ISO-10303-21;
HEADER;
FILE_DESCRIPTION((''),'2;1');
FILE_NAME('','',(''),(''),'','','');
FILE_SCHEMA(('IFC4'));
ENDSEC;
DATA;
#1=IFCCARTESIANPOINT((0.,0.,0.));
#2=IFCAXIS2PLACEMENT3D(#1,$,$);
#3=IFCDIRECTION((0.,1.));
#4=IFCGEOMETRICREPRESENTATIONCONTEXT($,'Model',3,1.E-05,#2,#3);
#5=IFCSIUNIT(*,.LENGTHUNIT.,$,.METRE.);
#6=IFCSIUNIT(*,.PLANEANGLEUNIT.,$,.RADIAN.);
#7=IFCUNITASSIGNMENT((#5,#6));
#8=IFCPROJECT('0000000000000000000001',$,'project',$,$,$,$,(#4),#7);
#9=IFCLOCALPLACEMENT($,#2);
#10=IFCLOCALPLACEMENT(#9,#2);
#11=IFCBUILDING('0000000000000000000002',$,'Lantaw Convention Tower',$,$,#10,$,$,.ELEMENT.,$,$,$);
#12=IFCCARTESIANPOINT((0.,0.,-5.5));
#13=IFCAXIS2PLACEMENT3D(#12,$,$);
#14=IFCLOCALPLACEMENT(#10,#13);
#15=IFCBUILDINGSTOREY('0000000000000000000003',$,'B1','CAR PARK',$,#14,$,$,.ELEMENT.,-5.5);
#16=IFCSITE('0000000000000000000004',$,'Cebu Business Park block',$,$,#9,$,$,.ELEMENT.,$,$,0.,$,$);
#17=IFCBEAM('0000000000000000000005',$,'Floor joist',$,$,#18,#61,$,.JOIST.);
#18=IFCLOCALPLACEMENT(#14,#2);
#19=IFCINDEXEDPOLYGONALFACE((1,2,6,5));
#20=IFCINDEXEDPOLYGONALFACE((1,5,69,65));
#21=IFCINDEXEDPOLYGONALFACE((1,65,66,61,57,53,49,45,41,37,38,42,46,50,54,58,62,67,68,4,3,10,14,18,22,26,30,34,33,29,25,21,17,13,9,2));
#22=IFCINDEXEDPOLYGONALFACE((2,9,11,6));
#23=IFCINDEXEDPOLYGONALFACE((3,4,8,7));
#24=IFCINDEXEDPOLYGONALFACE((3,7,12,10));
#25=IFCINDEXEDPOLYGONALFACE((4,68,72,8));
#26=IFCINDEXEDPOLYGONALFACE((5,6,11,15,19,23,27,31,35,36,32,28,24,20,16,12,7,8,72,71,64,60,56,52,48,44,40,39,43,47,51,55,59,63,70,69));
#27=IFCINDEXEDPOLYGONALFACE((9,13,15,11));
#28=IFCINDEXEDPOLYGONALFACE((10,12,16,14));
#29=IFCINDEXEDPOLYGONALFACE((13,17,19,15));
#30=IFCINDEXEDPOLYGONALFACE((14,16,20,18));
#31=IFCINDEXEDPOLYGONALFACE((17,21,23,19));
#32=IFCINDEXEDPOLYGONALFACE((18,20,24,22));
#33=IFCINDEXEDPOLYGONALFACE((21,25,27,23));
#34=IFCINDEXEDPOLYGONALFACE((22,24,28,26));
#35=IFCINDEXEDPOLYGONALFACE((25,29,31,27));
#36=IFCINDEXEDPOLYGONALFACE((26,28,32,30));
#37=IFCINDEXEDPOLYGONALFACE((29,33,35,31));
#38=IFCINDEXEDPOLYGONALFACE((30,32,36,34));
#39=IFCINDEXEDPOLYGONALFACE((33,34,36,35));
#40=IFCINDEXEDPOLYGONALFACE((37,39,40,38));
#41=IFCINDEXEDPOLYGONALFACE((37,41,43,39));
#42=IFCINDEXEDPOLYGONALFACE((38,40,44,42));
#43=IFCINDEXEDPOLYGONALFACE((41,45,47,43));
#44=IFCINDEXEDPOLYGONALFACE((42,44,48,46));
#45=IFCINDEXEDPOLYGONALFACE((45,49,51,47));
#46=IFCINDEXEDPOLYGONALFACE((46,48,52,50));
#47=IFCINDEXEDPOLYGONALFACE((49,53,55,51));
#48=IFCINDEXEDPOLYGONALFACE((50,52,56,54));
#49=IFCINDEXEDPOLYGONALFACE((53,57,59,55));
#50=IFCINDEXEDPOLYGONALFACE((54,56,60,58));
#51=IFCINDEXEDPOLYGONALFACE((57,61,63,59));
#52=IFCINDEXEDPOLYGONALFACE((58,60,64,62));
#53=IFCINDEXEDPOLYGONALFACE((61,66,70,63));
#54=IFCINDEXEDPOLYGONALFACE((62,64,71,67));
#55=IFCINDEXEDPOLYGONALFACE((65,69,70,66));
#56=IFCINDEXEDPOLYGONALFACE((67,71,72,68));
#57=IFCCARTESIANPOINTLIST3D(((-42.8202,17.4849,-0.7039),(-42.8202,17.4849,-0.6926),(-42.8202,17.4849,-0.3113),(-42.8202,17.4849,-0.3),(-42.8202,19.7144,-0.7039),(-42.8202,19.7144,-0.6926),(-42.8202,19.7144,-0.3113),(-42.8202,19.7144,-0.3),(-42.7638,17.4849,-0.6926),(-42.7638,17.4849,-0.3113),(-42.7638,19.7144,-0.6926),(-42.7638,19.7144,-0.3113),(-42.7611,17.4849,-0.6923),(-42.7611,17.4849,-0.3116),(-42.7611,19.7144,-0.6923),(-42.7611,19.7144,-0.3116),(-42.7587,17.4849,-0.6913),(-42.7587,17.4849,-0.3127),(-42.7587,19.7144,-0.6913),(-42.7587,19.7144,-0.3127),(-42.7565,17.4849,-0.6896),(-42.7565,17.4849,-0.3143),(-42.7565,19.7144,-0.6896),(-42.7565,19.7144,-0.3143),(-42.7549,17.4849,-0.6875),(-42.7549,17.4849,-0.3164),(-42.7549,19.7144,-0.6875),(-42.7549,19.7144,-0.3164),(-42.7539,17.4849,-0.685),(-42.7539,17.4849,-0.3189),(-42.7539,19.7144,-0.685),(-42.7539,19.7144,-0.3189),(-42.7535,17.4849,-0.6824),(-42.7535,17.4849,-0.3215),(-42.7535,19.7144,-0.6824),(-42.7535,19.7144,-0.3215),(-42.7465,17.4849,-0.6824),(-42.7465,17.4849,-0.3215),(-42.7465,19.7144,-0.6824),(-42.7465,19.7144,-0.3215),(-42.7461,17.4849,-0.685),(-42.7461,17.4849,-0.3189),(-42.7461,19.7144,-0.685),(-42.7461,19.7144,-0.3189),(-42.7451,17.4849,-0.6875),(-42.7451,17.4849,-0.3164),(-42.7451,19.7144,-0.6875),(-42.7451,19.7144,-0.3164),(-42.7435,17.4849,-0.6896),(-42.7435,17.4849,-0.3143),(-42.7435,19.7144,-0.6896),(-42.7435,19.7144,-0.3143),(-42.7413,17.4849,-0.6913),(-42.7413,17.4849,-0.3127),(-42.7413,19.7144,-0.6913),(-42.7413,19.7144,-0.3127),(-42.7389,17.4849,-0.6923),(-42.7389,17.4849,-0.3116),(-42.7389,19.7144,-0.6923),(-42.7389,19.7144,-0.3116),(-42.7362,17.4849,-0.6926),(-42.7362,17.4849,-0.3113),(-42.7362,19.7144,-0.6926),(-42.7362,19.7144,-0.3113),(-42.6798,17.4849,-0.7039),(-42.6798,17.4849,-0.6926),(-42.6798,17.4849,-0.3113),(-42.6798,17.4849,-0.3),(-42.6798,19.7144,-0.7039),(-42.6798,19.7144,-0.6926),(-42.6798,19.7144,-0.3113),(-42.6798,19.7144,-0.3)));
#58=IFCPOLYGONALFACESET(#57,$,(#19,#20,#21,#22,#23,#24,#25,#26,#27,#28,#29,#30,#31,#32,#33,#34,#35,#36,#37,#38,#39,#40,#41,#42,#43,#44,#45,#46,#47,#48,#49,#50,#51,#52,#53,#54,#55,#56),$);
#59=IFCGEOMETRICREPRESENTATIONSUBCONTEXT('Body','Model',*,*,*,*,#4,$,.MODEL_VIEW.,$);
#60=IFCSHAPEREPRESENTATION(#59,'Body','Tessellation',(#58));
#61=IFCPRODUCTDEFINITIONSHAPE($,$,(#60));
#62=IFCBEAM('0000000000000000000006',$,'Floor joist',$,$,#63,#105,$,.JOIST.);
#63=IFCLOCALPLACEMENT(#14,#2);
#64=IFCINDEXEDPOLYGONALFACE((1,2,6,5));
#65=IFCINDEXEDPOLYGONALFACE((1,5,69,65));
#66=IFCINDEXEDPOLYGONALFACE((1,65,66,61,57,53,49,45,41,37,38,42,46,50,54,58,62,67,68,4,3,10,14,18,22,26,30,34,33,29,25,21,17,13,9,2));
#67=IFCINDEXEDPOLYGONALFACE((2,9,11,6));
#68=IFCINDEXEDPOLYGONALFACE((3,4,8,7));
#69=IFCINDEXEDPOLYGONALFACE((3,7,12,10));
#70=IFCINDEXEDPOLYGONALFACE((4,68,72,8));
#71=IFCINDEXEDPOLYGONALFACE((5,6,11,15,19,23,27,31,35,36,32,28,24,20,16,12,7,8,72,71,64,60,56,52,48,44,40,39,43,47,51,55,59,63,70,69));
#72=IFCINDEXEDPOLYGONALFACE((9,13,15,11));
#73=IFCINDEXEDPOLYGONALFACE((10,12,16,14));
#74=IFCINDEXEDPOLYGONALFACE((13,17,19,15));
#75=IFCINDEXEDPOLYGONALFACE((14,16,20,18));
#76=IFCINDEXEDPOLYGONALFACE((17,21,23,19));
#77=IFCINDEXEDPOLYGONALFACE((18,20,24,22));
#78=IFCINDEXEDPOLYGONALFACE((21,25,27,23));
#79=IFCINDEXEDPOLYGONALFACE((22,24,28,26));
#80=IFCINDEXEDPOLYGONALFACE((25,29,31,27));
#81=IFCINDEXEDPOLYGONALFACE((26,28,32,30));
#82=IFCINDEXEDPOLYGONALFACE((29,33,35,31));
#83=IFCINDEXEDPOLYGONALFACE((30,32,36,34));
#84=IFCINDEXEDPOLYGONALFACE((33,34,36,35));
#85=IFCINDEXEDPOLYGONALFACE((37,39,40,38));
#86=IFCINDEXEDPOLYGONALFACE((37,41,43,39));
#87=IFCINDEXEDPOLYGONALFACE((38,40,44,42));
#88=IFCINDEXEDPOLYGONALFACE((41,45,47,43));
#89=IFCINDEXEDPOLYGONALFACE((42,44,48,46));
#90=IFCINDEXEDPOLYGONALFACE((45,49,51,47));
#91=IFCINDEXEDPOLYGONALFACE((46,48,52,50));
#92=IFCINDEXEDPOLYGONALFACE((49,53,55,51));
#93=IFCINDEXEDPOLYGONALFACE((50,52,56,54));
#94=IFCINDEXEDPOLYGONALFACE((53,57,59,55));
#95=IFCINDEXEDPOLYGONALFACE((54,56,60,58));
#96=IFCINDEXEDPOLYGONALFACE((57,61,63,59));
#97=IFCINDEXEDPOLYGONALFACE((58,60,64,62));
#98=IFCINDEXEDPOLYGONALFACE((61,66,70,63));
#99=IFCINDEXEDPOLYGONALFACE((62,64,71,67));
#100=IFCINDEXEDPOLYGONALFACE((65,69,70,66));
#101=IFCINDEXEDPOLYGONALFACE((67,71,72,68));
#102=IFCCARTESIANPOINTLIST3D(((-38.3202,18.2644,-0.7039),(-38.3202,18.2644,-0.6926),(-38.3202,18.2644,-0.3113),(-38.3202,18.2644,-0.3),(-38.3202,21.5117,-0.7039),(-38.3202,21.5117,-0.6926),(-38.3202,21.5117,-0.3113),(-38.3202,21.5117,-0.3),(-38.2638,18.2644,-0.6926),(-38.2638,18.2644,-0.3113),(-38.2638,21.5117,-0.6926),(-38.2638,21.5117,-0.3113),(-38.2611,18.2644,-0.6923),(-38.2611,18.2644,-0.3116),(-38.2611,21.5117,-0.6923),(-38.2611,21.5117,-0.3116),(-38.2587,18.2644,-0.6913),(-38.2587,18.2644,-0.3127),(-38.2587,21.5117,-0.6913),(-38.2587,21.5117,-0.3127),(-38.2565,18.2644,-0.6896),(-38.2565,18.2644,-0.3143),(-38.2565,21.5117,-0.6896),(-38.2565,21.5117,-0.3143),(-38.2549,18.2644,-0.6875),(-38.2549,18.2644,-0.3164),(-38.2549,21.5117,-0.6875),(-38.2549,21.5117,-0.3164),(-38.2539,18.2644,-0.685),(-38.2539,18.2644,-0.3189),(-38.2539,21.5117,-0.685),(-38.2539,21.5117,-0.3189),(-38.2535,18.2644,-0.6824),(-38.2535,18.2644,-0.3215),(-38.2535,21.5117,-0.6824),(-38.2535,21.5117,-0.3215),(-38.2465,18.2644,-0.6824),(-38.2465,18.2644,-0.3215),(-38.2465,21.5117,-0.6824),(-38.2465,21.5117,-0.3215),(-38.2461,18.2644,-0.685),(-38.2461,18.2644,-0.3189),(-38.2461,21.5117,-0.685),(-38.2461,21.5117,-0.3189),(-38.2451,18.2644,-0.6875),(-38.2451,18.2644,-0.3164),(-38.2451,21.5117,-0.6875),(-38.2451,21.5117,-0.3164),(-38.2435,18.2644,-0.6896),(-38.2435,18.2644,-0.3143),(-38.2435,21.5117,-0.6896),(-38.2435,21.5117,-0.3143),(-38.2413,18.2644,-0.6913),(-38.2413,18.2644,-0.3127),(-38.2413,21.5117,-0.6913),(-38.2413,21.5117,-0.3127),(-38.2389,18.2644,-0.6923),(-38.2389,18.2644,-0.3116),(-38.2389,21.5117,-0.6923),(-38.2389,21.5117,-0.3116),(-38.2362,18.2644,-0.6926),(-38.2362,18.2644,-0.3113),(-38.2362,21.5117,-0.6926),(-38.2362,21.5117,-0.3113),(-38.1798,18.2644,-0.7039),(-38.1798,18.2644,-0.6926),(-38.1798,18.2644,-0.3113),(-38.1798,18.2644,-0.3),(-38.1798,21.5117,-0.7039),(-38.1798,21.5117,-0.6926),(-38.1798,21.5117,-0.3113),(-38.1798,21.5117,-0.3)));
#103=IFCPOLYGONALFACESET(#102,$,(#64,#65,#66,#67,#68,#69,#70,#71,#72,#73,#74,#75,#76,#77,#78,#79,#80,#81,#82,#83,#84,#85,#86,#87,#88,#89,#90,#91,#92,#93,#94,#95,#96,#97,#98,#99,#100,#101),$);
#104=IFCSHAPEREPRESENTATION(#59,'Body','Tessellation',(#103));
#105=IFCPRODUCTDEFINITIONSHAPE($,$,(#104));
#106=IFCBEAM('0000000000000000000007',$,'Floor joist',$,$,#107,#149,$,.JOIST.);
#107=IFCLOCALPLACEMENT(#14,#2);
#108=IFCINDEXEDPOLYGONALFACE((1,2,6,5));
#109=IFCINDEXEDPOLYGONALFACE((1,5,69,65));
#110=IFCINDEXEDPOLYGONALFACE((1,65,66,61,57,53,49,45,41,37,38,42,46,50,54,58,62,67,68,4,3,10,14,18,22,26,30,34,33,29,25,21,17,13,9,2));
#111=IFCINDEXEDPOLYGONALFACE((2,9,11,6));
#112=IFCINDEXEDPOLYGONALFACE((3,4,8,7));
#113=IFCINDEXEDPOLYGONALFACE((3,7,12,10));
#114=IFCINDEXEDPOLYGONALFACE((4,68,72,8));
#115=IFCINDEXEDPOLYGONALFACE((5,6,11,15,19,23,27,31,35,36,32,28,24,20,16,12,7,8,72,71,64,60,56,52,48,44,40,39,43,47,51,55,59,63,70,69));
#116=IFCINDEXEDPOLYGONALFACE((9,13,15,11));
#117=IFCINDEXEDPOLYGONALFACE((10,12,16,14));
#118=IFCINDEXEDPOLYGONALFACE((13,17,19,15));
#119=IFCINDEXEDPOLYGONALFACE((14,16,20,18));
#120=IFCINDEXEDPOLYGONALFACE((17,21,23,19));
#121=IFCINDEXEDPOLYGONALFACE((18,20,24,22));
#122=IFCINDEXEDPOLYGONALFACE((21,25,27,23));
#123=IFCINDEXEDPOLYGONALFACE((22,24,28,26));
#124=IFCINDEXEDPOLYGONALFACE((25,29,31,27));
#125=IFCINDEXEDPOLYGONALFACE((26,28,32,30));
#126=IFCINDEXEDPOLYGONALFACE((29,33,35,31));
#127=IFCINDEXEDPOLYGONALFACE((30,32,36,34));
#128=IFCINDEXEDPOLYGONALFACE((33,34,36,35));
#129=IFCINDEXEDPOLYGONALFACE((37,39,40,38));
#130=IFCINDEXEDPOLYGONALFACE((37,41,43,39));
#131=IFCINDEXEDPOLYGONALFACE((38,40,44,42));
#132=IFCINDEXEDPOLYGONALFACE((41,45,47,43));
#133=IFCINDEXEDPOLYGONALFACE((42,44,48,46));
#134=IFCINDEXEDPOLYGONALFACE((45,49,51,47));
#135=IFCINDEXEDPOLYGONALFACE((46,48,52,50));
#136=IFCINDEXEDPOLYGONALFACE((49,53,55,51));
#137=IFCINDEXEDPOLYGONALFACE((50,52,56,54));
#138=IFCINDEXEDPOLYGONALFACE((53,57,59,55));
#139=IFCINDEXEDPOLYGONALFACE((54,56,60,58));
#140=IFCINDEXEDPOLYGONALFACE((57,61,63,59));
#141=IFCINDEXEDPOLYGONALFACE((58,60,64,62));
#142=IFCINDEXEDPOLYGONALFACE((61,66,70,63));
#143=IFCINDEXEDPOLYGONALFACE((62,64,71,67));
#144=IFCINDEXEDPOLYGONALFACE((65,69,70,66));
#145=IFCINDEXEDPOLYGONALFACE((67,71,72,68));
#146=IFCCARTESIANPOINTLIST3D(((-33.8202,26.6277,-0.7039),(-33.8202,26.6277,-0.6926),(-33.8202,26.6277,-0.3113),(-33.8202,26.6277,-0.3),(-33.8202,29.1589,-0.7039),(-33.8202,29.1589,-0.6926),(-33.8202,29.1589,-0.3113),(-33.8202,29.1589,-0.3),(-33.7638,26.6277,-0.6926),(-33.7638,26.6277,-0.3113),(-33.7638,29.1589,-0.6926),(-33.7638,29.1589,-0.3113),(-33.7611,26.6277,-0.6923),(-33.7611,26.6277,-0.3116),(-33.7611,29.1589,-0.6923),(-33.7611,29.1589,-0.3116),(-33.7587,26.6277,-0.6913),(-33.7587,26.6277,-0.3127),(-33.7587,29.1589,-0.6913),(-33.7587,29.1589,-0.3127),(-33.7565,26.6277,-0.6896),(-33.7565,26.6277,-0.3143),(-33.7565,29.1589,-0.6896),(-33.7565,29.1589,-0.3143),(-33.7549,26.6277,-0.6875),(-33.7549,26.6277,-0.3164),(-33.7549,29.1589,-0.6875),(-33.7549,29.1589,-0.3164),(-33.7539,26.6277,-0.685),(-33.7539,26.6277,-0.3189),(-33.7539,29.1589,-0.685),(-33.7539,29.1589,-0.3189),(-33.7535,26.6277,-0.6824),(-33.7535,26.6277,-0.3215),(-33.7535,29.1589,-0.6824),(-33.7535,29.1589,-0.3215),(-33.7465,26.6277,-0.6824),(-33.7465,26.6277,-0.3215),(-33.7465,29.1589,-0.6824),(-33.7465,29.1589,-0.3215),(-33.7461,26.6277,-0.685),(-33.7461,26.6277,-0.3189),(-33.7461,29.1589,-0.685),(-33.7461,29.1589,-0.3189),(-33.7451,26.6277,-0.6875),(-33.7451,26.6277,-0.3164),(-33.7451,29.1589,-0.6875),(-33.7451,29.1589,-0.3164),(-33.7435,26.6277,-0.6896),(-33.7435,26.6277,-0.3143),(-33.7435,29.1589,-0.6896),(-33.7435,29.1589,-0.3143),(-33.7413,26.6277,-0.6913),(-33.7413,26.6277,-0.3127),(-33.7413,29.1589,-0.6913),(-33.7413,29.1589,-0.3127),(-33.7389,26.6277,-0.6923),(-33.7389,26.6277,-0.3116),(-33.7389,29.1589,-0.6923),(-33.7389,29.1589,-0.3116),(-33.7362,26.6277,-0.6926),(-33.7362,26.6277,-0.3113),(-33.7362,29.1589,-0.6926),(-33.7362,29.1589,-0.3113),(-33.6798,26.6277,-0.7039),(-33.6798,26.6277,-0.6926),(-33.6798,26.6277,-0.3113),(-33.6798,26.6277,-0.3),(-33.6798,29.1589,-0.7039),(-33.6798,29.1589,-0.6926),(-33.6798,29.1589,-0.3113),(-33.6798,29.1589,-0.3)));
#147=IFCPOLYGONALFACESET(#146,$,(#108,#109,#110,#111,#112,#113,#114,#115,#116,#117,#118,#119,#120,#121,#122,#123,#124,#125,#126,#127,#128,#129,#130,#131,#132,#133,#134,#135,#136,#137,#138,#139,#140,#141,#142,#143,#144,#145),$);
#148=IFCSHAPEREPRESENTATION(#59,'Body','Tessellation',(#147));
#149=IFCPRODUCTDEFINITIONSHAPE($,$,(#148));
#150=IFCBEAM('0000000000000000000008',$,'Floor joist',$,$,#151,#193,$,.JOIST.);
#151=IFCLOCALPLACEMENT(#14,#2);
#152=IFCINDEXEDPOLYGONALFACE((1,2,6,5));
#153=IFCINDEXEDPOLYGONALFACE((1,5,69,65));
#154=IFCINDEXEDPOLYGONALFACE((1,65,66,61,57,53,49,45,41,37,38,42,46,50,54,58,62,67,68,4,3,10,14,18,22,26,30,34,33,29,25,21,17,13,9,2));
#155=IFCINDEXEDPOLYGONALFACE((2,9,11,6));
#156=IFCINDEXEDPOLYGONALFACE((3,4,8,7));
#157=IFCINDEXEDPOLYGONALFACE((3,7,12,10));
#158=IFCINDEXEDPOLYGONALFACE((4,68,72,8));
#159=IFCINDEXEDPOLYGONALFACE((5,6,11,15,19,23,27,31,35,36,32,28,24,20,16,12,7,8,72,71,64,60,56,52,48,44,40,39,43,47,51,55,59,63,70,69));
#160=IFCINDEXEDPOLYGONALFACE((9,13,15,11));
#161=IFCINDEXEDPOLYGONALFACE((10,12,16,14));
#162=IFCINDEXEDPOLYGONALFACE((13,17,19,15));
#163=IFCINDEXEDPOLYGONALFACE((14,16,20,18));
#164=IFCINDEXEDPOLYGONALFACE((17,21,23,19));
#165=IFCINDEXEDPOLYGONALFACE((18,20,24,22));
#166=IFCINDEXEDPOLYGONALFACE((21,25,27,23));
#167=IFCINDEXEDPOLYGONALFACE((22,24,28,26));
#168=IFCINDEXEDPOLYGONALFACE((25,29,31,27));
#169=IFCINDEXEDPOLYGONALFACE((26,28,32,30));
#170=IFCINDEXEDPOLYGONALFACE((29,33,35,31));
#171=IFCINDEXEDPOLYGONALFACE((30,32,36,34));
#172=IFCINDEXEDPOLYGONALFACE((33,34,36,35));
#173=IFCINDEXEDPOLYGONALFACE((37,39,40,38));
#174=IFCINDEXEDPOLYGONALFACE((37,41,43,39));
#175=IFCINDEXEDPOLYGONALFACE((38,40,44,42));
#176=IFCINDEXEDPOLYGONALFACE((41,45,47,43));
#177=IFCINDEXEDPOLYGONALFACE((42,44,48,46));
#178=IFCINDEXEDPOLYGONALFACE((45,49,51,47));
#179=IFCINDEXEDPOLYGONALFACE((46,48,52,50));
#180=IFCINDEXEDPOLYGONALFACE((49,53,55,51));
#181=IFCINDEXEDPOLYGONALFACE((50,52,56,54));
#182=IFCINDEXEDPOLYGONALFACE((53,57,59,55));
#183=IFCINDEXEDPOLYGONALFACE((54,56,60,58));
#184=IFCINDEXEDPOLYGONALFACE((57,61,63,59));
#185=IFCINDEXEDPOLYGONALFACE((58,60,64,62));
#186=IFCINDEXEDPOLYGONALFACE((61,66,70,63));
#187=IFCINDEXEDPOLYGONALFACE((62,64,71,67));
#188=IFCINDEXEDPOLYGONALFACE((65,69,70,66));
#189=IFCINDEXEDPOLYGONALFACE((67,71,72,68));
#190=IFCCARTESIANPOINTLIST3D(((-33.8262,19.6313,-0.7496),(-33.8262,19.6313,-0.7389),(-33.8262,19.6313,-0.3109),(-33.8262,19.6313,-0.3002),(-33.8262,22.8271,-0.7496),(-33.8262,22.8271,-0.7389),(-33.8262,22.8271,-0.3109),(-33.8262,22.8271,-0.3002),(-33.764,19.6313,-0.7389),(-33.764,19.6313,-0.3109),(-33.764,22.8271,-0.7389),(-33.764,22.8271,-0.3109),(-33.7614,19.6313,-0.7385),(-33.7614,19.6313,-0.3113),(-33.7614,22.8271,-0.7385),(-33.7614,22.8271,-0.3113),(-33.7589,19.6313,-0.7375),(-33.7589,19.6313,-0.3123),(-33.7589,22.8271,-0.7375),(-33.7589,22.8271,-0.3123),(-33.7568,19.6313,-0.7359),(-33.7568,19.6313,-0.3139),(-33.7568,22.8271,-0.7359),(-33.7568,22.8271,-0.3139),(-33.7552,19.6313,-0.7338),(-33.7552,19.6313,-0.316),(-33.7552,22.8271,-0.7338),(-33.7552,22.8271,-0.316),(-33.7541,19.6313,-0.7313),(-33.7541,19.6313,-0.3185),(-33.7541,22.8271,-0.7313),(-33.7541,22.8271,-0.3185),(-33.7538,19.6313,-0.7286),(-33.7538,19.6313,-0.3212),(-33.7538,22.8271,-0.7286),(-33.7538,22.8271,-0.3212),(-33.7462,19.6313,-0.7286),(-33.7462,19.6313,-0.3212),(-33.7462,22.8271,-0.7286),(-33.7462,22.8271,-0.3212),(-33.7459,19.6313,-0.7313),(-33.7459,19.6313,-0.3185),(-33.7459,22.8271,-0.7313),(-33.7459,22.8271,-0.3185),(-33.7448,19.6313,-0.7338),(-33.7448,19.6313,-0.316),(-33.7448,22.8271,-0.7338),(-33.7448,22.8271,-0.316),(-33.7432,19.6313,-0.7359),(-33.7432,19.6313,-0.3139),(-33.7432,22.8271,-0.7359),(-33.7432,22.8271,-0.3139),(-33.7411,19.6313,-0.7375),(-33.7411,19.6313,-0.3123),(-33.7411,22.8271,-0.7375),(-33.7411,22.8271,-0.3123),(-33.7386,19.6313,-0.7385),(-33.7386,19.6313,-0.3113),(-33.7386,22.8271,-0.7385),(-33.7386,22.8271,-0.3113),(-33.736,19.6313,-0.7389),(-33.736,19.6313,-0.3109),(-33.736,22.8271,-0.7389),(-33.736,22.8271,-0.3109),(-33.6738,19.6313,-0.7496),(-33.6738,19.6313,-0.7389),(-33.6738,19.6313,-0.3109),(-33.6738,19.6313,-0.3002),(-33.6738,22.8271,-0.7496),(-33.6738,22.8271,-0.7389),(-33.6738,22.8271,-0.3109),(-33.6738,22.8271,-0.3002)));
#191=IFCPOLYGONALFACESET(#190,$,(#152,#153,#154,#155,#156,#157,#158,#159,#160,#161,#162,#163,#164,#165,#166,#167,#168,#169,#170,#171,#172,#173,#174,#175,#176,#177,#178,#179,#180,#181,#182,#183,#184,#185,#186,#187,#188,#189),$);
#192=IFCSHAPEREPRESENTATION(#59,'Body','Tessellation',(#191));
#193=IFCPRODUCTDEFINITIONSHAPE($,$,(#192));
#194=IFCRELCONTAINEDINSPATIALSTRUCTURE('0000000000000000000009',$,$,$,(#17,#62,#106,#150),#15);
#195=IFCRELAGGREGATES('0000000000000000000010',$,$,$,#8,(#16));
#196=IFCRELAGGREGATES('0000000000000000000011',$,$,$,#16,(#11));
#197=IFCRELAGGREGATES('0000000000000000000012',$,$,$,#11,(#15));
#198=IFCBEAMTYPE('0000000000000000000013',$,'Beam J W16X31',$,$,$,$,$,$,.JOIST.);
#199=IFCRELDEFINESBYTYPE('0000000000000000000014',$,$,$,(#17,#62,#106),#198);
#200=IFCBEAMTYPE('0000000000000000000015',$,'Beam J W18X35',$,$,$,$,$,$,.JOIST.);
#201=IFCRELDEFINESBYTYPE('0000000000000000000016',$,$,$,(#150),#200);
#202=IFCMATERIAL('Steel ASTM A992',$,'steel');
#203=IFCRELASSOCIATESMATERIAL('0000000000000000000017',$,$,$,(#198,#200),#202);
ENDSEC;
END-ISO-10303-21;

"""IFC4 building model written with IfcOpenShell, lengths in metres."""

from ifc_helpers import new_model, si_unit, direction, frame, origin, origin_2d, place, context, subcontext, project, spatial, i_section, extrude, material, material_profile, profile_set, type_object, element, save


model = new_model("IFC4")

# Units and contexts
model_context = context("Model", 3, precision=1e-05, world=origin(), true_north=direction((0.0, 1.0)))
body_context = subcontext(model_context, "Body", "Model", "MODEL_VIEW")
ifc_project = project(units=[si_unit("LENGTHUNIT", "METRE"), si_unit("PLANEANGLEUNIT", "RADIAN")], contexts=[model_context])

# Site, building, storey
site_placement = place(None, origin())
site = spatial("IfcSite", under=ifc_project, at=site_placement, Name="Cebu Business Park block", CompositionType="ELEMENT", RefElevation=0.0)
building_placement = place(site_placement, origin())
building = spatial("IfcBuilding", under=site, at=building_placement, Name="Lantaw Convention Tower", CompositionType="ELEMENT")
storey_placement = place(building_placement, frame((0.0, 0.0, -5.5)))
storey = spatial("IfcBuildingStorey", under=building, at=storey_placement, Name="B1", Description="CAR PARK", CompositionType="ELEMENT", Elevation=-5.5)

# Beams
ifc_material_1 = material(Name="Steel ASTM A992", Category="steel")
ifc_material_profile_1 = material_profile(ifc_material_1, i_section(OverallWidth=0.1404, OverallDepth=0.4038, WebThickness=0.0071, FlangeThickness=0.0112, FilletRadius=0.0103, at=origin_2d()), Name="W16X31")
ifc_profile_set_1 = profile_set([ifc_material_profile_1], Name="Steel ASTM A992")
beam_type_1 = type_object("IfcBeamType", Name="Beam J W16X31", PredefinedType="JOIST", material=ifc_profile_set_1)
beam_1_placement = place(storey_placement, frame((-42.75, 17.4849, -0.502), z_axis=(0.0, 1.0, 0.0), x_axis=(-1.0, 0.0, 0.0)))
element("IfcBeam", 1, at=beam_1_placement, inside=storey, type_object=beam_type_1, Name="Floor joist", PredefinedType="JOIST", context=body_context, shape_type="SweptSolid", body=[
    extrude(i_section(OverallWidth=0.1404, OverallDepth=0.4038, WebThickness=0.0071, FlangeThickness=0.0112, FilletRadius=0.0103, at=origin_2d()), origin(), (0.0, 0.0, 1.0), 2.2295),
])
beam_2_placement = place(storey_placement, frame((-38.25, 18.2644, -0.502), z_axis=(0.0, 1.0, 0.0), x_axis=(-1.0, 0.0, 0.0)))
element("IfcBeam", 2, at=beam_2_placement, inside=storey, type_object=beam_type_1, Name="Floor joist", PredefinedType="JOIST", context=body_context, shape_type="SweptSolid", body=[
    extrude(i_section(OverallWidth=0.1404, OverallDepth=0.4038, WebThickness=0.0071, FlangeThickness=0.0112, FilletRadius=0.0103, at=origin_2d()), origin(), (0.0, 0.0, 1.0), 3.2473),
])
beam_3_placement = place(storey_placement, frame((-33.75, 26.6277, -0.502), z_axis=(0.0, 1.0, 0.0), x_axis=(-1.0, 0.0, 0.0)))
element("IfcBeam", 3, at=beam_3_placement, inside=storey, type_object=beam_type_1, Name="Floor joist", PredefinedType="JOIST", context=body_context, shape_type="SweptSolid", body=[
    extrude(i_section(OverallWidth=0.1404, OverallDepth=0.4038, WebThickness=0.0071, FlangeThickness=0.0112, FilletRadius=0.0103, at=origin_2d()), origin(), (0.0, 0.0, 1.0), 2.5312),
])
ifc_material_profile_2 = material_profile(ifc_material_1, i_section(OverallWidth=0.1523, OverallDepth=0.4495, WebThickness=0.0076, FlangeThickness=0.0107, FilletRadius=0.0103, at=origin_2d()), Name="W18X35")
ifc_profile_set_2 = profile_set([ifc_material_profile_2], Name="Steel ASTM A992")
beam_type_2 = type_object("IfcBeamType", Name="Beam J W18X35", PredefinedType="JOIST", material=ifc_profile_set_2)
beam_4_placement = place(storey_placement, frame((-33.75, 19.6313, -0.5249), z_axis=(0.0, 1.0, 0.0), x_axis=(-1.0, 0.0, 0.0)))
element("IfcBeam", 4, at=beam_4_placement, inside=storey, type_object=beam_type_2, Name="Floor joist", PredefinedType="JOIST", context=body_context, shape_type="SweptSolid", body=[
    extrude(i_section(OverallWidth=0.1523, OverallDepth=0.4495, WebThickness=0.0076, FlangeThickness=0.0107, FilletRadius=0.0103, at=origin_2d()), origin(), (0.0, 0.0, 1.0), 3.1958),
])

save(model, "model.ifc")
